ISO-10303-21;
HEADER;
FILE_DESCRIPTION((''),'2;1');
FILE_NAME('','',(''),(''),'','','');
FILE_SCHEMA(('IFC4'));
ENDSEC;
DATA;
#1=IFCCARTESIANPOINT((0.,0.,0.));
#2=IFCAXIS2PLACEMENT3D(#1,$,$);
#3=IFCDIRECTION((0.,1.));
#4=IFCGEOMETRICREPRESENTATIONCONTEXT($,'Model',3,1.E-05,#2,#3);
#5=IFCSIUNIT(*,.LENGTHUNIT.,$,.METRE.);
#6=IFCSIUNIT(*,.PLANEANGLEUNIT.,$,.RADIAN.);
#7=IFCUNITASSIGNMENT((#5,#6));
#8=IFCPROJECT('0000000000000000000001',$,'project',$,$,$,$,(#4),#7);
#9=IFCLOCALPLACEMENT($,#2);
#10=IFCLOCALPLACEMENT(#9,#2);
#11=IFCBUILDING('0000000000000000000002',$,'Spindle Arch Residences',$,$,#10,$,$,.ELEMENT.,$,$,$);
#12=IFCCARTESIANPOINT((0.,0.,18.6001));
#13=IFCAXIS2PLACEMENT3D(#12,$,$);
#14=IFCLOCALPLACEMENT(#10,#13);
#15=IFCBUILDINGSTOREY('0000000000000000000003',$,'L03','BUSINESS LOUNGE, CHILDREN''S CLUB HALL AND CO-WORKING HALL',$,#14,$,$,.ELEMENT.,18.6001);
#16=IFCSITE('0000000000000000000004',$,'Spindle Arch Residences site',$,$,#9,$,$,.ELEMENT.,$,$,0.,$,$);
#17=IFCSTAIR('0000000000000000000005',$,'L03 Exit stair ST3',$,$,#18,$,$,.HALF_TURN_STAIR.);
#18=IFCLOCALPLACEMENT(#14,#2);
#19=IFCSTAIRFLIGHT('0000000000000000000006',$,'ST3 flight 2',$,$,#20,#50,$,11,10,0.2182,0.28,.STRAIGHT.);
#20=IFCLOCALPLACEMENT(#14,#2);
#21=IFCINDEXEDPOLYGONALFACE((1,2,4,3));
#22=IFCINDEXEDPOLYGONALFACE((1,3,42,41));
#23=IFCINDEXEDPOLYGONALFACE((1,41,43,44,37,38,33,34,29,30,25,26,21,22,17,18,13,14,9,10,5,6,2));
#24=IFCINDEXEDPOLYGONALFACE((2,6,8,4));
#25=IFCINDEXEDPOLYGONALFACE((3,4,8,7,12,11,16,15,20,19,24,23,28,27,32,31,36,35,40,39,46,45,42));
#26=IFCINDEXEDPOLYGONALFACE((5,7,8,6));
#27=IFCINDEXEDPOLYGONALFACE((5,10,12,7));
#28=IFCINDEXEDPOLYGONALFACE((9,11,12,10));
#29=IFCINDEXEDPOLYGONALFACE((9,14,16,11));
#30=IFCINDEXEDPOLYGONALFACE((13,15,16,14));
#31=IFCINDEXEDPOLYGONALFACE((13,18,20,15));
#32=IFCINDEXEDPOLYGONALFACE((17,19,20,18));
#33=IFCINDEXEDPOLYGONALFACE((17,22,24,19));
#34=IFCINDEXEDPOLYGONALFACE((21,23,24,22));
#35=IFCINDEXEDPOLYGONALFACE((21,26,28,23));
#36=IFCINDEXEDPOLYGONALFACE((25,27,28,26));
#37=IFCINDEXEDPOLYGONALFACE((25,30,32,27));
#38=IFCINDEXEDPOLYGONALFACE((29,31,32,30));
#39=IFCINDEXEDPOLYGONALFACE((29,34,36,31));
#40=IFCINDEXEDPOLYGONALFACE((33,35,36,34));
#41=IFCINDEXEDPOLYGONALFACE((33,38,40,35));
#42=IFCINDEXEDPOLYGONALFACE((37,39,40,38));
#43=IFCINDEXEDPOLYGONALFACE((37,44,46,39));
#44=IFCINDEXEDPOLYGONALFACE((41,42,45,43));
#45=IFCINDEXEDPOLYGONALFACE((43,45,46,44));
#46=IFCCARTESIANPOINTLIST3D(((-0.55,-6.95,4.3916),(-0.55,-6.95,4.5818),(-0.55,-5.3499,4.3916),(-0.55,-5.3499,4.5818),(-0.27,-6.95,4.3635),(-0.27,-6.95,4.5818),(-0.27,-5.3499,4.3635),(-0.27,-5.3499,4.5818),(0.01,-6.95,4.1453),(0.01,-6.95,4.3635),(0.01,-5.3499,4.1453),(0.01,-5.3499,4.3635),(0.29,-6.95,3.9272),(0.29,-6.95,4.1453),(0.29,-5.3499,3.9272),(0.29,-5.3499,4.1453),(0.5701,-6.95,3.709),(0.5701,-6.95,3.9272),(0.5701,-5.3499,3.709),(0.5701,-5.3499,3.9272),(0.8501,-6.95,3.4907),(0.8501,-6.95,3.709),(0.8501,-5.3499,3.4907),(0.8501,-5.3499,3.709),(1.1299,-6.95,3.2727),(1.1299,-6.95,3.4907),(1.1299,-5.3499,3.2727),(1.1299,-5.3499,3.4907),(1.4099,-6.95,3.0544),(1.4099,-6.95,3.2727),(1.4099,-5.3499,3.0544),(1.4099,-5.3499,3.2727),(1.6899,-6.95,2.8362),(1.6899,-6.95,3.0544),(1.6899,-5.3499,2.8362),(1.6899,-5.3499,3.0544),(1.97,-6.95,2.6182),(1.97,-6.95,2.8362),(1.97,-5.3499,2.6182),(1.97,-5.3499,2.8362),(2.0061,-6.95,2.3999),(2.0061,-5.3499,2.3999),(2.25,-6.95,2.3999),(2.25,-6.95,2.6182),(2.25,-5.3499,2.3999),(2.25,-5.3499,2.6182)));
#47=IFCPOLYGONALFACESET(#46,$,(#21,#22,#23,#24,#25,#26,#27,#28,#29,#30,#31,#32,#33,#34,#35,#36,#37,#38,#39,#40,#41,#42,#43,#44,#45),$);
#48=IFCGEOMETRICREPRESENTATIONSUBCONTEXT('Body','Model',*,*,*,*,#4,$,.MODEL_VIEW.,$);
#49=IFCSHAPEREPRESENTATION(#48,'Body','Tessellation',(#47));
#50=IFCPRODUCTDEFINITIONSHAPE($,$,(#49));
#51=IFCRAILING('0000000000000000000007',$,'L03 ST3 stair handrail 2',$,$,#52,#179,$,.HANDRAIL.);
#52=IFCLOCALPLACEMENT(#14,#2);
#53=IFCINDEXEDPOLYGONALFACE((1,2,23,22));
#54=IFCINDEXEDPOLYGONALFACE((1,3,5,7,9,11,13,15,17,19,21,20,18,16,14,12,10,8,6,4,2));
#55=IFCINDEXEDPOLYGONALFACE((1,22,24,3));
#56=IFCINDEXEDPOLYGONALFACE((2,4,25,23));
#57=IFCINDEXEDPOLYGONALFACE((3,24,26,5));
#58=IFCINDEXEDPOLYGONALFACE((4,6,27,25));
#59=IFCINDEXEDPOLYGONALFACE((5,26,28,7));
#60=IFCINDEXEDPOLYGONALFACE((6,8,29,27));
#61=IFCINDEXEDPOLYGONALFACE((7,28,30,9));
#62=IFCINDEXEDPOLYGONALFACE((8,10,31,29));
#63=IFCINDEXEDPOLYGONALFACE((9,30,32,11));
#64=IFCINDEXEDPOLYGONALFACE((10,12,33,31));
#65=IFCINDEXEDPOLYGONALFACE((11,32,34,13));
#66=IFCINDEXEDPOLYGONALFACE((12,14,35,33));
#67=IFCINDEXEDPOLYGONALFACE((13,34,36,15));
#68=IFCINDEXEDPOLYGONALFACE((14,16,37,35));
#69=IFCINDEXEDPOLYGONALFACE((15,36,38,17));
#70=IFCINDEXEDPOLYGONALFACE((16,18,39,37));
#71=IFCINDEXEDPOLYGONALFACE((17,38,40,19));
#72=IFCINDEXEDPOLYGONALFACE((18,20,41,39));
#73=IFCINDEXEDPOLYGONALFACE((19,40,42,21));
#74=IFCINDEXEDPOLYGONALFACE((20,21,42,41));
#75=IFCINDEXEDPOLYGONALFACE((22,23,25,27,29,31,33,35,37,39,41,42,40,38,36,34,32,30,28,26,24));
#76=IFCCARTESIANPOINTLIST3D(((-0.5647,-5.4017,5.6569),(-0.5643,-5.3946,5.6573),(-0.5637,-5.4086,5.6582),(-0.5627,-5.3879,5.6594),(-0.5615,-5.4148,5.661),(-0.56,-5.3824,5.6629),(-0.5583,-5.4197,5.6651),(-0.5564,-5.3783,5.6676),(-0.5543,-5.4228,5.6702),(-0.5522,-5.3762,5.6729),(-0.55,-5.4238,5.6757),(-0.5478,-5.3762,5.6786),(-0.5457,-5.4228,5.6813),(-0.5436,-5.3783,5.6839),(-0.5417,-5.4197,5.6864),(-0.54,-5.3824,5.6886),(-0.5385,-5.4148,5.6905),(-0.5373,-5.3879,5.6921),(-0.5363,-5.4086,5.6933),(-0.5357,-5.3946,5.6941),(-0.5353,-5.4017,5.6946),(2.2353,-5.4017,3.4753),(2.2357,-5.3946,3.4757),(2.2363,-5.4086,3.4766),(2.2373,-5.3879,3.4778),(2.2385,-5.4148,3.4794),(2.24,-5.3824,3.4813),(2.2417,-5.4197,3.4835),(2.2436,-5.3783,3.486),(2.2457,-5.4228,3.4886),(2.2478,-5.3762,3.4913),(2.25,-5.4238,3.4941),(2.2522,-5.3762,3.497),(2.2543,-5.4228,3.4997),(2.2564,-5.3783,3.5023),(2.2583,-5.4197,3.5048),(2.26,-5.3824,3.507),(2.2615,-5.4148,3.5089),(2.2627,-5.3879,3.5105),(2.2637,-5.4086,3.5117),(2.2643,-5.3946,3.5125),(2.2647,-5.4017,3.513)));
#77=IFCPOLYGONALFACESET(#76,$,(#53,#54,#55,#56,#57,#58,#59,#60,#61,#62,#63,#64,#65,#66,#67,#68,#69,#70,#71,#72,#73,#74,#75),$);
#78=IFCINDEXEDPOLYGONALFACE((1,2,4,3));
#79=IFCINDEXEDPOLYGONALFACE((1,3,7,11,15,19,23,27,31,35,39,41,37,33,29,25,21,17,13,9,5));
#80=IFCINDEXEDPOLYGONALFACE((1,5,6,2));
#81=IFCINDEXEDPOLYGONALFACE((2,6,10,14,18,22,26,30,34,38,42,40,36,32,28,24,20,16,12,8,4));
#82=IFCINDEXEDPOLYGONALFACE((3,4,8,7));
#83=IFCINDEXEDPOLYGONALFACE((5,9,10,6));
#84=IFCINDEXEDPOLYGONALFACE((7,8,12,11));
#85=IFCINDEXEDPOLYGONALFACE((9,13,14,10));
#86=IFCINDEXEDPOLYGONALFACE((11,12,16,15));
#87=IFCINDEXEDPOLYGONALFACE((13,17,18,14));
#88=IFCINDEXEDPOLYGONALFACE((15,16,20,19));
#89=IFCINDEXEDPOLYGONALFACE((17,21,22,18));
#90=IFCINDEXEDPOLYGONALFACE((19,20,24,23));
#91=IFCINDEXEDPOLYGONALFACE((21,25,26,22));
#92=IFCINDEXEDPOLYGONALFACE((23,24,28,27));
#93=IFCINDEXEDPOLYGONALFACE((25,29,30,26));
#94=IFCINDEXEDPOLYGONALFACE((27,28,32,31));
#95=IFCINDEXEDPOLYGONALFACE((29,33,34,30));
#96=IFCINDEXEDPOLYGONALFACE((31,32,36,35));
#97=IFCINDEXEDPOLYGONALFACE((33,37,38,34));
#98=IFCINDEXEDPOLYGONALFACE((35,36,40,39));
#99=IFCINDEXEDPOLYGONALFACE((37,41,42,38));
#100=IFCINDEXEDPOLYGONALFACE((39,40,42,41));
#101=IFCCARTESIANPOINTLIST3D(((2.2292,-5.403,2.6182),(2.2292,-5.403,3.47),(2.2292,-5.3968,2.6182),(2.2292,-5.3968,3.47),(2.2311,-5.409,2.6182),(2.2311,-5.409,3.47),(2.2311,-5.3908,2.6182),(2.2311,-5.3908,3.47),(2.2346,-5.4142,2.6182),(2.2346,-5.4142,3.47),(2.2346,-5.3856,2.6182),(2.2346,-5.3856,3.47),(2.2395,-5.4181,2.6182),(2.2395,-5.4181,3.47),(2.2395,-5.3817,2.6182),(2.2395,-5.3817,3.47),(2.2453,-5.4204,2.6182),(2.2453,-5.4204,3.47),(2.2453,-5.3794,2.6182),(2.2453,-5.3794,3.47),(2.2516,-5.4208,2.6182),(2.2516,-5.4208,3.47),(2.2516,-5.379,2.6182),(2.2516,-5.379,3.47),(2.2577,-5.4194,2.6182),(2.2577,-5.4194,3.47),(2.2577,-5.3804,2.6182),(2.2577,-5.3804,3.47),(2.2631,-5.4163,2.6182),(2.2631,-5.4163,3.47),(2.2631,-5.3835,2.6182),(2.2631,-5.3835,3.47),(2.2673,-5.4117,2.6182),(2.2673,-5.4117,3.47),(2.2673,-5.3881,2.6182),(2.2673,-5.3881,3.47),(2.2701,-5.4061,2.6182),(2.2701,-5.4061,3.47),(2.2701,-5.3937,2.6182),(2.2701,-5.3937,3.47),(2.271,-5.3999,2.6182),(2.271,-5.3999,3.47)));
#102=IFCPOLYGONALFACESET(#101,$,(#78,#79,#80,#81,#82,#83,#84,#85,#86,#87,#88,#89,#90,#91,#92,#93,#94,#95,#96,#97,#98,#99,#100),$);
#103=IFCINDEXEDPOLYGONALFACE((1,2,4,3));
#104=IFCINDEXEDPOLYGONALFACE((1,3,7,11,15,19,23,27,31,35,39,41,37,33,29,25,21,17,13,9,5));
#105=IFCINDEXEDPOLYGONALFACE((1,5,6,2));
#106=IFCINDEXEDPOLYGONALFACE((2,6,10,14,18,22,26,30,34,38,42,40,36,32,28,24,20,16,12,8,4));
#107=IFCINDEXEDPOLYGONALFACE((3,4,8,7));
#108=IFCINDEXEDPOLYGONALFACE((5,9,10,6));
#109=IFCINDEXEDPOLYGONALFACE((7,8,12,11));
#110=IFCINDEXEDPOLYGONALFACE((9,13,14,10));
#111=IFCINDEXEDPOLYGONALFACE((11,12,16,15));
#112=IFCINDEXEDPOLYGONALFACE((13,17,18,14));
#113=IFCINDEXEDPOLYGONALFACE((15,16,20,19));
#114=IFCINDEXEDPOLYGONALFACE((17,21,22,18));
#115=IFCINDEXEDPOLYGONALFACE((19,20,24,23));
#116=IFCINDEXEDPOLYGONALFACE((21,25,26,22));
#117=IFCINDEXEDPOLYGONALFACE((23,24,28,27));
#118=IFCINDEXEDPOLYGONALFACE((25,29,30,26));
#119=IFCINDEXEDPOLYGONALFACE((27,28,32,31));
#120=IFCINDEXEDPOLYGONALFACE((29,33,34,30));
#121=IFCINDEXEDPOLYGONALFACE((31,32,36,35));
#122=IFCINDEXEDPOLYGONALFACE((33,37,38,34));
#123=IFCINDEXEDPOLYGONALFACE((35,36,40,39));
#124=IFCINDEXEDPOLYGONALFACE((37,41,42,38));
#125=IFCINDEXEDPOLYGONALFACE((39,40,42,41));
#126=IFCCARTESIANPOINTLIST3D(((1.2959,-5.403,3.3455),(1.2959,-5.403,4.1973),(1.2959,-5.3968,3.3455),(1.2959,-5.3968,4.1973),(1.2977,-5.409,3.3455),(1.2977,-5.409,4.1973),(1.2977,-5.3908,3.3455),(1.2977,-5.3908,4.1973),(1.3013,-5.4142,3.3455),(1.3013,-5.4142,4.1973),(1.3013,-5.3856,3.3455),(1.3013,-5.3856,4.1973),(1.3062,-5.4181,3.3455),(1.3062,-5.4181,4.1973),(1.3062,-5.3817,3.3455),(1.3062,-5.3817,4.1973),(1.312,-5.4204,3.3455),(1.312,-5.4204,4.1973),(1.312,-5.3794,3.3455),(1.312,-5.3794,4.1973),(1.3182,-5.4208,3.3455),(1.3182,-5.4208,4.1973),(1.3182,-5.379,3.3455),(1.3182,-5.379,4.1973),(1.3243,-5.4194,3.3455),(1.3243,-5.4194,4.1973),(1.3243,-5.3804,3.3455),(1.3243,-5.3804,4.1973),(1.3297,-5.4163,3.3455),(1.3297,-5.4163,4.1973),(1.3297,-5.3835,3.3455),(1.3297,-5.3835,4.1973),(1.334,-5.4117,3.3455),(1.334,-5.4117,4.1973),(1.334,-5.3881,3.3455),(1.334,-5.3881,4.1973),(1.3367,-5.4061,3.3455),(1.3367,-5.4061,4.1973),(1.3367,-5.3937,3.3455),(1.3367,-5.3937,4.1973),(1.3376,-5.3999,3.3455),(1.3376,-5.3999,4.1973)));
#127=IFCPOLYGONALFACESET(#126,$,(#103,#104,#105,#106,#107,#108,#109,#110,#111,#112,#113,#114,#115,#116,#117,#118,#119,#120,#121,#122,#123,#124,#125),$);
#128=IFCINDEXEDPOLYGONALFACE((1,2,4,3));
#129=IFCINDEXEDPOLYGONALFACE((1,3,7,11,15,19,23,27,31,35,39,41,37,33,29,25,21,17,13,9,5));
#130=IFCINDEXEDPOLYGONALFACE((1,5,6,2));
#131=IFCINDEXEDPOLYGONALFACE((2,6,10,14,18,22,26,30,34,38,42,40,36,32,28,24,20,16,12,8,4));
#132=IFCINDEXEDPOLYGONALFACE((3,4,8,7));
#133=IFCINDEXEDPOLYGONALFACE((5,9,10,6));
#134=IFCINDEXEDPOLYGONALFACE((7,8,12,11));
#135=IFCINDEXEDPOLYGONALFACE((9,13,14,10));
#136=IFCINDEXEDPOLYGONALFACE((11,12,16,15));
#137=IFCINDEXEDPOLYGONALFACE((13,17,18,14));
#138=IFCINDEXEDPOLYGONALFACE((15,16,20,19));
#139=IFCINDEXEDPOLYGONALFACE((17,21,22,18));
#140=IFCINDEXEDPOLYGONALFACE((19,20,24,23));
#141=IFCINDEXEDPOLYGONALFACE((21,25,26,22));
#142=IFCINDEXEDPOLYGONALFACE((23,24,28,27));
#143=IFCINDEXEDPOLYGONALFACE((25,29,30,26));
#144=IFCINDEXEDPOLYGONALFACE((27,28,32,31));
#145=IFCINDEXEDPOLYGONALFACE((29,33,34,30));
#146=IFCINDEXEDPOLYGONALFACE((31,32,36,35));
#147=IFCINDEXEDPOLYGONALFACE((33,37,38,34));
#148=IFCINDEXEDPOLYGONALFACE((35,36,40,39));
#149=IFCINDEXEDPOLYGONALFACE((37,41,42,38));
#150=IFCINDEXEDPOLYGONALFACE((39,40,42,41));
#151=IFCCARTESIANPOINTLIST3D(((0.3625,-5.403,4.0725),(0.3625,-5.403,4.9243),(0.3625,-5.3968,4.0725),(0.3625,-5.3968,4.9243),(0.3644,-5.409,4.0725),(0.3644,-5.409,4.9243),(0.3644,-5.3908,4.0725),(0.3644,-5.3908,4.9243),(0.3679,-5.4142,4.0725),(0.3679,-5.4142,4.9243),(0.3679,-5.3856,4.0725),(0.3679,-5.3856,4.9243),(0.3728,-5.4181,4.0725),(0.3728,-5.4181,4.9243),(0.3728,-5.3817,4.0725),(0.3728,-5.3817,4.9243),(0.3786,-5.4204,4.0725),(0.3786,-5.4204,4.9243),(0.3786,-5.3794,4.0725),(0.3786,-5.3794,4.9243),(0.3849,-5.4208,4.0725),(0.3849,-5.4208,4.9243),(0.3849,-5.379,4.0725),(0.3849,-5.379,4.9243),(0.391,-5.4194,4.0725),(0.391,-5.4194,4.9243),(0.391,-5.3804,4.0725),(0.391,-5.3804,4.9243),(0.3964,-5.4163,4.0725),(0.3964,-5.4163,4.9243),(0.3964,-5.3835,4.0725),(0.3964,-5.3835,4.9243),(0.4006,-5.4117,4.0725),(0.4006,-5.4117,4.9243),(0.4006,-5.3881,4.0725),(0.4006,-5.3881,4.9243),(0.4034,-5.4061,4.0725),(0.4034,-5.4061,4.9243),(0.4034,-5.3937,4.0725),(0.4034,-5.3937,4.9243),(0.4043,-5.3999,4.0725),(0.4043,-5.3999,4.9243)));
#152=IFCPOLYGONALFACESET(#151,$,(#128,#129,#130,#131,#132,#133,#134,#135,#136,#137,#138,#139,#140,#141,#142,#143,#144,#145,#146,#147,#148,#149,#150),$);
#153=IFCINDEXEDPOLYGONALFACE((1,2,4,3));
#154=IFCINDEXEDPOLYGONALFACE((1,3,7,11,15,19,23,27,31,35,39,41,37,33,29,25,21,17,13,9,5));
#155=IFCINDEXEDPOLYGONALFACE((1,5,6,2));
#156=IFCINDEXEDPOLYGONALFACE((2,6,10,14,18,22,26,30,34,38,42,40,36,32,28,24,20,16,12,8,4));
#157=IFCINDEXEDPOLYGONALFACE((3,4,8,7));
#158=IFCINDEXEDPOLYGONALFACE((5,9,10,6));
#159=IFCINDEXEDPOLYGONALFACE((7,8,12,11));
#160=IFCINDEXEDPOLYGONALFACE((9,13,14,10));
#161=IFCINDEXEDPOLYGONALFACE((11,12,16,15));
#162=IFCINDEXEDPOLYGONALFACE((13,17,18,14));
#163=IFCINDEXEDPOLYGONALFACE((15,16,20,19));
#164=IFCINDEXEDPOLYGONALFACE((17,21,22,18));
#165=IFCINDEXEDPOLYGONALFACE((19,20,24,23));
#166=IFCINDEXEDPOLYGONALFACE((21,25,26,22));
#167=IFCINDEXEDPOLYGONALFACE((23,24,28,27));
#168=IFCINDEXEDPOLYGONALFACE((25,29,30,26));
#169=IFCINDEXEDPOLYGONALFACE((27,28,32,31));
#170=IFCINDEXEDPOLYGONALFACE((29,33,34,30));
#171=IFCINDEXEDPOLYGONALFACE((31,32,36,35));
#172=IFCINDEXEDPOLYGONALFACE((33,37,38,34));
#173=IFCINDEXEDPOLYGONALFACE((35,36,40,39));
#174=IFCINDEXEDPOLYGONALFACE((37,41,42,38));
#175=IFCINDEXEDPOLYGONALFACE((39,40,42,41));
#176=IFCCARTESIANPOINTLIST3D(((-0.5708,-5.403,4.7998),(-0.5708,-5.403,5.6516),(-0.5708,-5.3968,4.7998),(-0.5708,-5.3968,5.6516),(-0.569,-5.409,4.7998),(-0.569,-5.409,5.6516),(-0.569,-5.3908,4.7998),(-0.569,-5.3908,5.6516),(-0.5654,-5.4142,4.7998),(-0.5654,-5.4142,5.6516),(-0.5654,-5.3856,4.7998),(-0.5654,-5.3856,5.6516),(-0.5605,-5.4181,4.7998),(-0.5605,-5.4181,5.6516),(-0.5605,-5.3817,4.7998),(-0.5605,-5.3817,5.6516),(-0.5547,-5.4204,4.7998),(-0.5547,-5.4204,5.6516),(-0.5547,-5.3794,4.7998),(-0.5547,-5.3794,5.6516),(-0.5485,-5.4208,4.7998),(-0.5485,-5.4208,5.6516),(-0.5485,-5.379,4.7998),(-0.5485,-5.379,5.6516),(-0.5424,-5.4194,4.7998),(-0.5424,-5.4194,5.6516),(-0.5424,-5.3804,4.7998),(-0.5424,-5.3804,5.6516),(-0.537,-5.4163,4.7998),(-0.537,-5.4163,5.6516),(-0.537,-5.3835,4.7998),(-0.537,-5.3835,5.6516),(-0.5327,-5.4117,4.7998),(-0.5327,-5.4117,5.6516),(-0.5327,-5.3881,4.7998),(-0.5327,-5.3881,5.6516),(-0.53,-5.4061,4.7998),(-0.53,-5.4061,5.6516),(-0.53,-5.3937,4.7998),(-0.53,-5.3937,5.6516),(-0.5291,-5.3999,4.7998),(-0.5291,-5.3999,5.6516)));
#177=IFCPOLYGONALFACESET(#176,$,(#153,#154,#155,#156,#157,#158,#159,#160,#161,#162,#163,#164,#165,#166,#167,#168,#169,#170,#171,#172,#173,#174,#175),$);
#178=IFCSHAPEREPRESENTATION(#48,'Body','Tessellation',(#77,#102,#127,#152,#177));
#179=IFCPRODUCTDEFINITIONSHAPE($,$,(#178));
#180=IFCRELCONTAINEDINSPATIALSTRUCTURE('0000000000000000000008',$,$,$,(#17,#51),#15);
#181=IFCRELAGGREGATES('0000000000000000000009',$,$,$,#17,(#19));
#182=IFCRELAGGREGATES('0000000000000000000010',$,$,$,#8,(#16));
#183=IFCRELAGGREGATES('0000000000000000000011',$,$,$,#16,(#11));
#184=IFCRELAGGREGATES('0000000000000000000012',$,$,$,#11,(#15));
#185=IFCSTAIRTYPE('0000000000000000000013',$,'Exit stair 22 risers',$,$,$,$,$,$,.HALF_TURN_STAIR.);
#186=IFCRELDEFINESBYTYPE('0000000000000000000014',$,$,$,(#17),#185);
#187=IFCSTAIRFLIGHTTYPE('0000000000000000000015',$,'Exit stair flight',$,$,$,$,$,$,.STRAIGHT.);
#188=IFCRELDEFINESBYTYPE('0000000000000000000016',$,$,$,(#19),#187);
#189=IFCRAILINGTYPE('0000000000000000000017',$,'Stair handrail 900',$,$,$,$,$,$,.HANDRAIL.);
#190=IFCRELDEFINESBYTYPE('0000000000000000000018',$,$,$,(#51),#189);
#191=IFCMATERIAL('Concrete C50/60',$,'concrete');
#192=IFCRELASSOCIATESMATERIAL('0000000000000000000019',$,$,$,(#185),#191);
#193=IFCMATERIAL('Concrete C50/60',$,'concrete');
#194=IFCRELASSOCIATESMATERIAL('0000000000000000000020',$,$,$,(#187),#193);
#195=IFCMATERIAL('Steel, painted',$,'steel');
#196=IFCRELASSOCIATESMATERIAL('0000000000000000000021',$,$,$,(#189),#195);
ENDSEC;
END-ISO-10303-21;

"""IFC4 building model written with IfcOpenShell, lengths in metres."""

from ifc_helpers import new_model, si_unit, direction, frame, origin, origin_2d, place, context, subcontext, project, spatial, polyline, circle, outline, extrude, material, type_object, element, aggregate, save


model = new_model("IFC4")

# Units and contexts
model_context = context("Model", 3, precision=1e-05, world=origin(), true_north=direction((0.0, 1.0)))
body_context = subcontext(model_context, "Body", "Model", "MODEL_VIEW")
ifc_project = project(units=[si_unit("LENGTHUNIT", "METRE"), si_unit("PLANEANGLEUNIT", "RADIAN")], contexts=[model_context])

# Site, building, storey
site_placement = place(None, origin())
site = spatial("IfcSite", under=ifc_project, at=site_placement, Name="Spindle Arch Residences site", CompositionType="ELEMENT", RefElevation=0.0)
building_placement = place(site_placement, origin())
building = spatial("IfcBuilding", under=site, at=building_placement, Name="Spindle Arch Residences", CompositionType="ELEMENT")
storey_placement = place(building_placement, frame((0.0, 0.0, 18.6001)))
storey = spatial("IfcBuildingStorey", under=building, at=storey_placement, Name="L03", Description="BUSINESS LOUNGE, CHILDREN'S CLUB HALL AND CO-WORKING HALL", CompositionType="ELEMENT", Elevation=18.6001)

# Stair, stair flight
ifc_material_1 = material(Name="Concrete C50/60", Category="concrete")
stair_type = type_object("IfcStairType", Name="Exit stair 22 risers", PredefinedType="HALF_TURN_STAIR", material=ifc_material_1)
stair_placement = place(storey_placement, origin())
stair = element("IfcStair", 1, at=stair_placement, inside=storey, type_object=stair_type, Name="L03 Exit stair ST3", PredefinedType="HALF_TURN_STAIR")
ifc_material_2 = material(Name="Concrete C50/60", Category="concrete")
stair_flight_type = type_object("IfcStairFlightType", Name="Exit stair flight", PredefinedType="STRAIGHT", material=ifc_material_2)
stair_flight_placement = place(storey_placement, frame((2.25, -6.1499, 2.3999), z_axis=(0.0, 0.0, 1.0), x_axis=(-1.0, 0.0, 0.0)))
stair_flight = element("IfcStairFlight", 2, at=stair_flight_placement, type_object=stair_flight_type, Name="ST3 flight 2", NumberOfRisers=11, NumberOfTreads=10, PredefinedType="STRAIGHT", RiserHeight=0.2182, TreadLength=0.28, context=body_context, shape_type="SweptSolid", body=[
    extrude(outline(polyline([(0.0, 0.0), (0.0, 0.2183), (0.28, 0.2183), (0.28, 0.4363), (0.5601, 0.4363), (0.5601, 0.6545), (0.8401, 0.6545), (0.8401, 0.8728), (1.1201, 0.8728), (1.1201, 1.0908), (1.3999, 1.0908), (1.3999, 1.3091), (1.6799, 1.3091), (1.6799, 1.5273), (1.96, 1.5273), (1.96, 1.7454), (2.24, 1.7454), (2.24, 1.9636), (2.52, 1.9636), (2.52, 2.1819), (2.8, 2.1819), (2.8, 2.3999), (2.8, 1.9917), (0.2439, 0.0), (0.0, 0.0)])), frame((0.0, 0.8, 0.0), z_axis=(0.0, -1.0, 0.0), x_axis=(1.0, 0.0, 0.0)), (0.0, 0.0, 1.0), 1.6001),
])
aggregate(stair, [stair_flight])

# Railing
ifc_material_3 = material(Name="Steel, painted", Category="steel")
railing_type = type_object("IfcRailingType", Name="Stair handrail 900", PredefinedType="HANDRAIL", material=ifc_material_3)
railing_placement = place(storey_placement, frame((2.25, -5.3999, 2.6182)))
element("IfcRailing", 3, at=railing_placement, inside=storey, type_object=railing_type, Name="L03 ST3 stair handrail 2", PredefinedType="HANDRAIL", context=body_context, shape_type="SweptSolid", body=[
    extrude(circle(Radius=0.0239, at=origin_2d()), frame((0.0, 0.0, 0.876), z_axis=(-0.78883, 0.0, 0.614612), x_axis=(0.0, -1.0, 0.0)), (0.0, 0.0, 1.0), 3.5496),
    extrude(circle(Radius=0.021, at=origin_2d()), origin(), (0.0, 0.0, 1.0), 0.8518),
    extrude(circle(Radius=0.021, at=origin_2d()), frame((-0.9333, 0.0, 0.7273)), (0.0, 0.0, 1.0), 0.8518),
    extrude(circle(Radius=0.021, at=origin_2d()), frame((-1.8667, 0.0, 1.4543)), (0.0, 0.0, 1.0), 0.8518),
    extrude(circle(Radius=0.021, at=origin_2d()), frame((-2.8, 0.0, 2.1816)), (0.0, 0.0, 1.0), 0.8518),
])

save(model, "model.ifc")
